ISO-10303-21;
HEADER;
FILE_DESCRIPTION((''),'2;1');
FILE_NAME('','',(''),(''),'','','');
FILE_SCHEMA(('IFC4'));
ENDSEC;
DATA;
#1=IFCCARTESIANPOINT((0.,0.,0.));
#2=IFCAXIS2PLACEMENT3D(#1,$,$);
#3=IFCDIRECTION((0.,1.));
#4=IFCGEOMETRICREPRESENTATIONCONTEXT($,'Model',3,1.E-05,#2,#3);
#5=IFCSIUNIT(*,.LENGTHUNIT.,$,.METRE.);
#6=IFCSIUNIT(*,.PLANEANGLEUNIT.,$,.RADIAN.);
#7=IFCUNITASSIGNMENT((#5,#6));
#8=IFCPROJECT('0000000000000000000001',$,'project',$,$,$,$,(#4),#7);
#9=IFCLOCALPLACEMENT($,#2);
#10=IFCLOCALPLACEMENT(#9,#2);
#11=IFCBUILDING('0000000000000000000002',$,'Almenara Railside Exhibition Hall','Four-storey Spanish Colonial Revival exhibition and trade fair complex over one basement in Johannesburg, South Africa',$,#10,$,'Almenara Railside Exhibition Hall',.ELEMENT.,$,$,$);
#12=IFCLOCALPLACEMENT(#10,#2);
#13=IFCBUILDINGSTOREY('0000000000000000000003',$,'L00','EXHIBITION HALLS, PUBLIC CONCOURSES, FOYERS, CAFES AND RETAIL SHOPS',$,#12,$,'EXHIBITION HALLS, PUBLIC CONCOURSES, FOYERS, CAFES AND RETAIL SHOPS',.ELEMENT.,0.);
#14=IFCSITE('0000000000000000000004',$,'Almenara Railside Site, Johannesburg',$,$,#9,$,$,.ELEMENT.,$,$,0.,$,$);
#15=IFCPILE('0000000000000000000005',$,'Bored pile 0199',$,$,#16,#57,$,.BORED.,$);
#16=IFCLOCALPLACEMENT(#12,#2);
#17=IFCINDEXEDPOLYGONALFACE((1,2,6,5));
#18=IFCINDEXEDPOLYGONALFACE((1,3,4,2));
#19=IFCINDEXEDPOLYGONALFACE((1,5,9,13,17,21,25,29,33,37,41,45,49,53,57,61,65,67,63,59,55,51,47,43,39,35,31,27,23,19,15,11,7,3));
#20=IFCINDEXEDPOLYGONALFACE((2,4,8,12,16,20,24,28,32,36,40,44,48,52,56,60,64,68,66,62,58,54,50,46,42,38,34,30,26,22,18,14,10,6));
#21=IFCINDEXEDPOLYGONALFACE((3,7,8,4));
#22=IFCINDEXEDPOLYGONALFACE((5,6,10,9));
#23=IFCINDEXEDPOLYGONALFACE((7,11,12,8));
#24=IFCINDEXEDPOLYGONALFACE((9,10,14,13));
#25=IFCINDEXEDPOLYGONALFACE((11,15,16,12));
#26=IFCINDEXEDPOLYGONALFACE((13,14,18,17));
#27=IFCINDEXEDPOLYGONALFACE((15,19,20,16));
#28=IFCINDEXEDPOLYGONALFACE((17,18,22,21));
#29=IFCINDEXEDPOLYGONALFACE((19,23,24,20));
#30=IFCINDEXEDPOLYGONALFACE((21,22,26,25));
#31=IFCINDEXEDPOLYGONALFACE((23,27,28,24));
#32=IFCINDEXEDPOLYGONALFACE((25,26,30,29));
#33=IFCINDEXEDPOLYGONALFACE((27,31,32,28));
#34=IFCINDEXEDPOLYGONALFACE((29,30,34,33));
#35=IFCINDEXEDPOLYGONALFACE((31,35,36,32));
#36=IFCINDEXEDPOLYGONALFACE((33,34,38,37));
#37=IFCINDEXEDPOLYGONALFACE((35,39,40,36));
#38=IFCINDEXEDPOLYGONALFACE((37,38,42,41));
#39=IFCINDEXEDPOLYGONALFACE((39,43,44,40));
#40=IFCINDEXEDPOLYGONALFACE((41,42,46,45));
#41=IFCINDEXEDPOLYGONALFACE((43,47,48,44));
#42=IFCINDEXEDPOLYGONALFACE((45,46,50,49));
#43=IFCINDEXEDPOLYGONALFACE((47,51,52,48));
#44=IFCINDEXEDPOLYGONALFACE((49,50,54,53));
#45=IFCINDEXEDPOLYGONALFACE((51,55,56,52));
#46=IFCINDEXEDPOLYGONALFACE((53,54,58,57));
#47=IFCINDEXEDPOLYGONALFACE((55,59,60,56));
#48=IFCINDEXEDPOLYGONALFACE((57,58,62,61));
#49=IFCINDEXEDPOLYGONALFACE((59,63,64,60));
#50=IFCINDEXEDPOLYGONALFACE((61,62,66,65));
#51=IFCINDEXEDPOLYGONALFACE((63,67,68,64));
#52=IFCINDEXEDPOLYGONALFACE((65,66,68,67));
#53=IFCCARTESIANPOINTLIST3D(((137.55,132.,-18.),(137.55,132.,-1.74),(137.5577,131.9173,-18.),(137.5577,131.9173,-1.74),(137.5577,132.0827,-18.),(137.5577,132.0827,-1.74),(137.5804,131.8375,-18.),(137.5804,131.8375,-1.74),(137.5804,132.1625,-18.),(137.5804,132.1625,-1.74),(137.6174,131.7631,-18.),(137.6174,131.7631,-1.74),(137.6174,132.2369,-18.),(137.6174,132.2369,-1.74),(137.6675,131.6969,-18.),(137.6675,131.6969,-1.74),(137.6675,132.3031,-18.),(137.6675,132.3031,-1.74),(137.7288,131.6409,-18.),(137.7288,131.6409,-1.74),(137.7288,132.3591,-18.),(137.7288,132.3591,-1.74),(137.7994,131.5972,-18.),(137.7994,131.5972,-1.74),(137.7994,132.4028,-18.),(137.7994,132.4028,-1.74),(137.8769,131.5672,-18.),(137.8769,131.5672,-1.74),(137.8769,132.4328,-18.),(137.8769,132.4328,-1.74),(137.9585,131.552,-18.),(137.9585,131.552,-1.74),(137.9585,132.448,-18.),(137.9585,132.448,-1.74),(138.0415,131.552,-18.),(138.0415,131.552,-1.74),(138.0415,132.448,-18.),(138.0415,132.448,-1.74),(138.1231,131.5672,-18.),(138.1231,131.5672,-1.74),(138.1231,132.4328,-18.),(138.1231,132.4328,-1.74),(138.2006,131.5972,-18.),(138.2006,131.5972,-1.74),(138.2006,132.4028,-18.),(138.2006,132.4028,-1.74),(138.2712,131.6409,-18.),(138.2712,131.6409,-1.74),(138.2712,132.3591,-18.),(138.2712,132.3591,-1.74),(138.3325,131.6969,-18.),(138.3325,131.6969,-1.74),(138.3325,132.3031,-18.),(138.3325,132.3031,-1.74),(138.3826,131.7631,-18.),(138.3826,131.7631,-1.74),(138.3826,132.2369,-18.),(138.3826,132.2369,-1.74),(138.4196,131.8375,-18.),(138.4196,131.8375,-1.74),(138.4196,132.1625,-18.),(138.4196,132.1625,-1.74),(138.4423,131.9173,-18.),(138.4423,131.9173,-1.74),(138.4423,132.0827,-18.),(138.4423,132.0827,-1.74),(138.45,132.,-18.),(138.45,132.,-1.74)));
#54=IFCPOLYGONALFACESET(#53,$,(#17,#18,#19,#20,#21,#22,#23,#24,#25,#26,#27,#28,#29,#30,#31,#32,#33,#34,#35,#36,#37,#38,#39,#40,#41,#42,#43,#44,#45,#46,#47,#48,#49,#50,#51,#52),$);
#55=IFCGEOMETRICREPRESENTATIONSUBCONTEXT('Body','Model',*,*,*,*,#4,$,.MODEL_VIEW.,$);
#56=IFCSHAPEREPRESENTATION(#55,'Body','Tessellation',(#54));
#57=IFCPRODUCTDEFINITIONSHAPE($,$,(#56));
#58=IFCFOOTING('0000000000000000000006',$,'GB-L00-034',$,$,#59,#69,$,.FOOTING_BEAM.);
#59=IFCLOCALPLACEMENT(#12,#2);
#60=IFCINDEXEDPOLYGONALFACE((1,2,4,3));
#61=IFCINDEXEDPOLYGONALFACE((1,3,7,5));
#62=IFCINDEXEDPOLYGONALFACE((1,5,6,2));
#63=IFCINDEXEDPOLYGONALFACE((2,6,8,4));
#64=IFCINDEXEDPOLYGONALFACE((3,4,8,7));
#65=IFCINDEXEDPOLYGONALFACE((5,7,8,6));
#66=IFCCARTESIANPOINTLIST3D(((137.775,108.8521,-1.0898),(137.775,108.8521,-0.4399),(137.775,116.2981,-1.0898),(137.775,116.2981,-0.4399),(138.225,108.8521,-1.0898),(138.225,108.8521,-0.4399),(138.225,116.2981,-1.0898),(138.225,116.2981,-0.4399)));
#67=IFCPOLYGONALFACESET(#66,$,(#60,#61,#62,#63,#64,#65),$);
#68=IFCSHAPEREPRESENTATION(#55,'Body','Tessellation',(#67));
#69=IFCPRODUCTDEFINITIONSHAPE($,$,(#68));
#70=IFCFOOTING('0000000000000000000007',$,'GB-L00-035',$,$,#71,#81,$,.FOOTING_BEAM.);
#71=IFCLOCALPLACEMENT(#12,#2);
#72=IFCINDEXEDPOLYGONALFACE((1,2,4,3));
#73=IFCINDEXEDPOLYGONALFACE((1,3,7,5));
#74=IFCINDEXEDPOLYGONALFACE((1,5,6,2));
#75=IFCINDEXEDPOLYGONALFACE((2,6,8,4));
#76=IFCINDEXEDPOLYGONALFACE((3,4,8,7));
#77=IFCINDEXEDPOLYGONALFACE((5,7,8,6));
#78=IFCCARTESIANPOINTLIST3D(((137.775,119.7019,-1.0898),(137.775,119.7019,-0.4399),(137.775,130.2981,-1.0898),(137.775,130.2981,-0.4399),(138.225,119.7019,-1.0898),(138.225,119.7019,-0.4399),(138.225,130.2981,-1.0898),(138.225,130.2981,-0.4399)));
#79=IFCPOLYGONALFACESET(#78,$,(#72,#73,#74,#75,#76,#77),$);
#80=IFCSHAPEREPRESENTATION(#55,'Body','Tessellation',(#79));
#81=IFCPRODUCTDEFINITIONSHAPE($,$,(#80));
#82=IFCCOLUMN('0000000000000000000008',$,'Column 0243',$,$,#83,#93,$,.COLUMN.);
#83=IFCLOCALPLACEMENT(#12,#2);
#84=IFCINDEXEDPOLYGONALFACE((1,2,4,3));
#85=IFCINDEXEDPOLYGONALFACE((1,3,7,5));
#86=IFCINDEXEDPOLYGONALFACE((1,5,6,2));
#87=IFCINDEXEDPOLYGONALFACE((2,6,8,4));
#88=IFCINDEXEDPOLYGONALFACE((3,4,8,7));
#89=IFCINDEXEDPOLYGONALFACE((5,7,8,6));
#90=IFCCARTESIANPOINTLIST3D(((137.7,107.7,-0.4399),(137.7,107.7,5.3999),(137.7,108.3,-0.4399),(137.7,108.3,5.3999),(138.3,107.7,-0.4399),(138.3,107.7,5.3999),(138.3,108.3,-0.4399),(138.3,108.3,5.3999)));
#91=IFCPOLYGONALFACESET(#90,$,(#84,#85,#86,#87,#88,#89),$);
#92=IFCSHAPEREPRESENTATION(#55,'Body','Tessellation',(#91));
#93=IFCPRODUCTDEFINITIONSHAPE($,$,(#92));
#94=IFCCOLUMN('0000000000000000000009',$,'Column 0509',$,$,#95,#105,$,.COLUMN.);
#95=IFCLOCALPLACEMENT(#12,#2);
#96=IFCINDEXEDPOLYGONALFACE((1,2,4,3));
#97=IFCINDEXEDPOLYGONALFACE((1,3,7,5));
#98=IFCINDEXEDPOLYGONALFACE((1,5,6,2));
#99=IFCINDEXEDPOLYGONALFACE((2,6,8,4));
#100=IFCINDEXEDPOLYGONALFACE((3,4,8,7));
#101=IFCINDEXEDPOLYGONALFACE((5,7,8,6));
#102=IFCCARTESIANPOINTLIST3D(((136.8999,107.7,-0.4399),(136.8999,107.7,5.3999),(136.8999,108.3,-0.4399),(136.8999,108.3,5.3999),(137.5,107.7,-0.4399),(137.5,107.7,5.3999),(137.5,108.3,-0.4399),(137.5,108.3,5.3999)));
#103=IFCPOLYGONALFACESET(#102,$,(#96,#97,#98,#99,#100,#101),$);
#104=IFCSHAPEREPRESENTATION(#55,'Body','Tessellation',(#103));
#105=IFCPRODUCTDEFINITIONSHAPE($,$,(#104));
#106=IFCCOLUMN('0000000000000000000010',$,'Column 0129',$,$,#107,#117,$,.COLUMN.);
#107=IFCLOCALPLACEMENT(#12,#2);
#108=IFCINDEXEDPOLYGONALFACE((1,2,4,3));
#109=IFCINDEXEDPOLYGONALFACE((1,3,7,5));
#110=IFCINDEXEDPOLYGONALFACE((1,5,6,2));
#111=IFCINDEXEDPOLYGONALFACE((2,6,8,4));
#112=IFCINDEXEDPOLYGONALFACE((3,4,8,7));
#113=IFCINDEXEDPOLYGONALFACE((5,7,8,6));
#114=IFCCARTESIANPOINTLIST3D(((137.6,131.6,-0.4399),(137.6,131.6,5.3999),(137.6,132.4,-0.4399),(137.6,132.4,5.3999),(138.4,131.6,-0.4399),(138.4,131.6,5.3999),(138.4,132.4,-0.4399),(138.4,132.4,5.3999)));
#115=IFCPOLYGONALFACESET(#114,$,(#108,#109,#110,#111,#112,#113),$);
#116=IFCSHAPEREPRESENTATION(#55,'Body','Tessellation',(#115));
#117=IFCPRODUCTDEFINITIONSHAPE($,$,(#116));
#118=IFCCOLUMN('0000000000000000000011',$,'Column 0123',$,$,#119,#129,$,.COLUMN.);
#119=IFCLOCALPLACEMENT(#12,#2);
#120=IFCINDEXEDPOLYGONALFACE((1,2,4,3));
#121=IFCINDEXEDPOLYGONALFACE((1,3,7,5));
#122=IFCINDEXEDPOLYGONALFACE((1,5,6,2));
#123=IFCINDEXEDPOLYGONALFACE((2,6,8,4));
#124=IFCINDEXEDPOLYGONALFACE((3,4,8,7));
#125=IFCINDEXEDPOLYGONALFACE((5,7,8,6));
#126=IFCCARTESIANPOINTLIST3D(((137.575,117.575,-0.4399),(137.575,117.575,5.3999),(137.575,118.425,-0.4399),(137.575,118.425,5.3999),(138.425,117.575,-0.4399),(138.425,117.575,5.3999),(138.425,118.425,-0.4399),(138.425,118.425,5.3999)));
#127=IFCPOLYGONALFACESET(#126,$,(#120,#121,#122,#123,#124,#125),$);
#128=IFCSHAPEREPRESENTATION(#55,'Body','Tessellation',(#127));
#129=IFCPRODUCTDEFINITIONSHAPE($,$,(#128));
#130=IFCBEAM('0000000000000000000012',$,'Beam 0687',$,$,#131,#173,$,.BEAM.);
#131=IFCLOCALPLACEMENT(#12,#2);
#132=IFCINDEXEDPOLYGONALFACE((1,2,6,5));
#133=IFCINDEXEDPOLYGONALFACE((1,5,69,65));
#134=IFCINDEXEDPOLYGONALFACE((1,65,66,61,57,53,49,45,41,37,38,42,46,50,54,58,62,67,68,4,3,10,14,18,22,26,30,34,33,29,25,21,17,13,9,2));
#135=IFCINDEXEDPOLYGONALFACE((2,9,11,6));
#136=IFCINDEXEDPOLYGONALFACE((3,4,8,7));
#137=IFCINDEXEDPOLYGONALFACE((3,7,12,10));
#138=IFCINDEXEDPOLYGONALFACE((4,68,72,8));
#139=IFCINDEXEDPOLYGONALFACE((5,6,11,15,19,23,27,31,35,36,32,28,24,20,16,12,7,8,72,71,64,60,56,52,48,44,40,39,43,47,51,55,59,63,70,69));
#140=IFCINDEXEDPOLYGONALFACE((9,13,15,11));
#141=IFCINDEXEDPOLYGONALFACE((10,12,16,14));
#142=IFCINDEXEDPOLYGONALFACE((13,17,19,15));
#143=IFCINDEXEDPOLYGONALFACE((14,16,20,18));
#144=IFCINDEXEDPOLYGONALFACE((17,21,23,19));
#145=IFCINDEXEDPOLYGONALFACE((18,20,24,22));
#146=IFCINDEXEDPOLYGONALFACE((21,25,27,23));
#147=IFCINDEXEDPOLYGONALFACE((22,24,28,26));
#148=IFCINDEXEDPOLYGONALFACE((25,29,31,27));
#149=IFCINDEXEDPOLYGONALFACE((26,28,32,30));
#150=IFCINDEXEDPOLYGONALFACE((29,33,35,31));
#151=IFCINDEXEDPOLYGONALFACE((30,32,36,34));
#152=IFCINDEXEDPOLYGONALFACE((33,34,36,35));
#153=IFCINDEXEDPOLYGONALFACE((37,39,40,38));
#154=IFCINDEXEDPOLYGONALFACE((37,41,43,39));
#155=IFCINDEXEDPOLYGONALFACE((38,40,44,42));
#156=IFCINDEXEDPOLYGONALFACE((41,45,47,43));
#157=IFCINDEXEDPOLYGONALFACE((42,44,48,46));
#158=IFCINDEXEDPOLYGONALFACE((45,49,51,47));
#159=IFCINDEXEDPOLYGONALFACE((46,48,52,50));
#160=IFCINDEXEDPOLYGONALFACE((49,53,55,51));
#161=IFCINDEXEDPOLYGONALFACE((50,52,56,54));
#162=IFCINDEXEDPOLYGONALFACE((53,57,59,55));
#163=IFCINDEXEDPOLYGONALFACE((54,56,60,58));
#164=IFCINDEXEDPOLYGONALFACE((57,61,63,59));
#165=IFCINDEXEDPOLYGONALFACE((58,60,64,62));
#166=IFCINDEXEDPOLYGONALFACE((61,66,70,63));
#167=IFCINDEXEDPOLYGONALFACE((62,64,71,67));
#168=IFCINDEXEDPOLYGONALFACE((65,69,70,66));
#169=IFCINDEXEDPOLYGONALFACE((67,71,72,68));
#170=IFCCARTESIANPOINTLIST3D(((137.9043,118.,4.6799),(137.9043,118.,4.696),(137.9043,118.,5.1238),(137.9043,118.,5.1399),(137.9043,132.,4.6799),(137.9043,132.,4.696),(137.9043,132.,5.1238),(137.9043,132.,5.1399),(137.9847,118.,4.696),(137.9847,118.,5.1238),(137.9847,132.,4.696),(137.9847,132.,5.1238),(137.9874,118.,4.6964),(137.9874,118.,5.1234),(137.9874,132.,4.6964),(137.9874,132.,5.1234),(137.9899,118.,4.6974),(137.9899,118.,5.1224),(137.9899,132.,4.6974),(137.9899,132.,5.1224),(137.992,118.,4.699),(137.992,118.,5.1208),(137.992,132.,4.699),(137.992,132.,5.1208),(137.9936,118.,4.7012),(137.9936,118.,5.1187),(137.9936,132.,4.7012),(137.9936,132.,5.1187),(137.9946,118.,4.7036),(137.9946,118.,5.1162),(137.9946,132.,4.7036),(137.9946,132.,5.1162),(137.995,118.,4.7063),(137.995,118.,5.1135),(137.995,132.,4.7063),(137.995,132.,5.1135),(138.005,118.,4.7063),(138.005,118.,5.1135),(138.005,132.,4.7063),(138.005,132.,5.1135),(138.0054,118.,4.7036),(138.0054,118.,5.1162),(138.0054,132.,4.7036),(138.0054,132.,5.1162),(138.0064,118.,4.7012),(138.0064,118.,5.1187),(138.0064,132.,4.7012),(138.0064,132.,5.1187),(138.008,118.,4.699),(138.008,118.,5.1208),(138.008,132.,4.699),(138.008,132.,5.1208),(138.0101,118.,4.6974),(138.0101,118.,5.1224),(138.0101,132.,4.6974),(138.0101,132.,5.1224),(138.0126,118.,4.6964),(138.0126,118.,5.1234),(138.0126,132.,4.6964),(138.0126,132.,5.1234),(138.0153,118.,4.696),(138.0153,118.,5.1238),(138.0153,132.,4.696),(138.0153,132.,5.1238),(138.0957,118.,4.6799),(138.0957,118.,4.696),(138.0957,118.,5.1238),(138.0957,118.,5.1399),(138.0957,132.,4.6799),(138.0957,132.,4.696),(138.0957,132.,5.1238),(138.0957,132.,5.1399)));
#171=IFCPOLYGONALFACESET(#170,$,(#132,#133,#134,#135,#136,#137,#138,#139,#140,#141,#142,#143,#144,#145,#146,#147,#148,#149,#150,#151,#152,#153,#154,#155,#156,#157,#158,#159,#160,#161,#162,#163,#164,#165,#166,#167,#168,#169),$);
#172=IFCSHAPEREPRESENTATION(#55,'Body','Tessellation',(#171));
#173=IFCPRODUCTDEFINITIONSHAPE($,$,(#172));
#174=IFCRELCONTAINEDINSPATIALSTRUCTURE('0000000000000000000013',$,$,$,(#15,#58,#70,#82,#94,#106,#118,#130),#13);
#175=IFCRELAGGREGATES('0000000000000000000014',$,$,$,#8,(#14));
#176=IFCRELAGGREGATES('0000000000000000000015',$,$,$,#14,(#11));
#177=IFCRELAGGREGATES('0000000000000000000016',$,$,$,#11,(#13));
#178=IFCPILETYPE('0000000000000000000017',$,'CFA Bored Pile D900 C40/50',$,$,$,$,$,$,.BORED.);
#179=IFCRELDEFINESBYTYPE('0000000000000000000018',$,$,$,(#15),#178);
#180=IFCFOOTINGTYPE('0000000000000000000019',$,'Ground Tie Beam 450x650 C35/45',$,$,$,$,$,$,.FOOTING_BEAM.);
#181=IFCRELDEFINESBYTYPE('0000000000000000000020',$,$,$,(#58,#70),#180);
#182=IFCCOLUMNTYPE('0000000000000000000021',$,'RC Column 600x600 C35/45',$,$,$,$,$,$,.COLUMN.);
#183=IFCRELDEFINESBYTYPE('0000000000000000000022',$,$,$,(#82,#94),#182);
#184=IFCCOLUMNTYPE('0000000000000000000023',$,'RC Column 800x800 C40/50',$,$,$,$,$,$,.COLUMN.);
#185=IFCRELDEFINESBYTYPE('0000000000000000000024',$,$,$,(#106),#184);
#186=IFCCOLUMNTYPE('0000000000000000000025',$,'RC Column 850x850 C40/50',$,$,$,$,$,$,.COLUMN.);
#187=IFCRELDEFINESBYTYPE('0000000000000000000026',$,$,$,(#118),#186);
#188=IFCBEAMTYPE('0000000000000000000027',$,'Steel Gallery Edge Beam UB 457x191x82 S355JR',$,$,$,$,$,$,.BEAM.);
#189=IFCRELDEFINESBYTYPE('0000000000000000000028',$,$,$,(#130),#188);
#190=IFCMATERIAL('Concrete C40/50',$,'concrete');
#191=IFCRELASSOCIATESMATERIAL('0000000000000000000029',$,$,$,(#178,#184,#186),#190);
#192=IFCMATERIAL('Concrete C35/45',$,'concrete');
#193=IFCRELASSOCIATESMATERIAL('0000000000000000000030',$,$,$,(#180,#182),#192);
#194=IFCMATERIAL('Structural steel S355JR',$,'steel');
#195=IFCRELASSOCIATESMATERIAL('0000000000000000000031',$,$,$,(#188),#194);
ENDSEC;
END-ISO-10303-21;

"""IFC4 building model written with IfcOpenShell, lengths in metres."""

from ifc_helpers import new_model, si_unit, direction, frame, origin, origin_2d, place, context, subcontext, project, spatial, rectangle, circle, i_section, extrude, material, material_profile, profile_set, type_object, element, save


model = new_model("IFC4")

# Units and contexts
model_context = context("Model", 3, precision=1e-05, world=origin(), true_north=direction((0.0, 1.0)))
body_context = subcontext(model_context, "Body", "Model", "MODEL_VIEW")
ifc_project = project(units=[si_unit("LENGTHUNIT", "METRE"), si_unit("PLANEANGLEUNIT", "RADIAN")], contexts=[model_context])

# Site, building, storey
site_placement = place(None, origin())
site = spatial("IfcSite", under=ifc_project, at=site_placement, Name="Almenara Railside Site, Johannesburg", CompositionType="ELEMENT", RefElevation=0.0)
building_placement = place(site_placement, origin())
building = spatial("IfcBuilding", under=site, at=building_placement, Name="Almenara Railside Exhibition Hall", Description="Four-storey Spanish Colonial Revival exhibition and trade fair complex over one basement in Johannesburg, South Africa", LongName="Almenara Railside Exhibition Hall", CompositionType="ELEMENT")
storey_placement = place(building_placement, origin())
storey = spatial("IfcBuildingStorey", under=building, at=storey_placement, Name="L00", Description="EXHIBITION HALLS, PUBLIC CONCOURSES, FOYERS, CAFES AND RETAIL SHOPS", LongName="EXHIBITION HALLS, PUBLIC CONCOURSES, FOYERS, CAFES AND RETAIL SHOPS", CompositionType="ELEMENT", Elevation=0.0)

# Pile
ifc_material_1 = material(Name="Concrete C40/50", Category="concrete")
ifc_material_profile_1 = material_profile(ifc_material_1, circle(Radius=0.45, at=origin_2d()), Name="CFA-PILE D900")
ifc_profile_set_1 = profile_set([ifc_material_profile_1], Name="Concrete C40/50")
pile_type = type_object("IfcPileType", Name="CFA Bored Pile D900 C40/50", PredefinedType="BORED", material=ifc_profile_set_1)
for number, where, z_axis, x_axis, name in (
    (1, (138.0, 132.0, -1.74), (0.0, 0.0, -1.0), (1.0, 0.0, 0.0), "Bored pile 0199"),
):
    element("IfcPile", number, at=place(storey_placement, frame(where, z_axis=z_axis, x_axis=x_axis)), inside=storey, type_object=pile_type, Name=name, PredefinedType="BORED", context=body_context, shape_type="SweptSolid", body=[
        extrude(circle(Radius=0.45, at=origin_2d()), origin(), (0.0, 0.0, 1.0), 16.26),
    ])

# Footings
ifc_material_2 = material(Name="Concrete C35/45", Category="concrete")
ifc_material_profile_2 = material_profile(ifc_material_2, rectangle(XDim=0.45, YDim=0.6499, at=origin_2d()), Name="RC-GB 450x650")
ifc_profile_set_2 = profile_set([ifc_material_profile_2], Name="Concrete C35/45")
footing_type = type_object("IfcFootingType", Name="Ground Tie Beam 450x650 C35/45", PredefinedType="FOOTING_BEAM", material=ifc_profile_set_2)
footing_1_placement = place(storey_placement, frame((138.0, 108.8521, -0.7649), z_axis=(0.0, 1.0, 0.0), x_axis=(-1.0, 0.0, 0.0)))
element("IfcFooting", 2, at=footing_1_placement, inside=storey, type_object=footing_type, Name="GB-L00-034", PredefinedType="FOOTING_BEAM", context=body_context, shape_type="SweptSolid", body=[
    extrude(rectangle(XDim=0.45, YDim=0.6499, at=origin_2d()), origin(), (0.0, 0.0, 1.0), 7.446),
])
footing_2_placement = place(storey_placement, frame((138.0, 119.7019, -0.7649), z_axis=(0.0, 1.0, 0.0), x_axis=(-1.0, 0.0, 0.0)))
element("IfcFooting", 3, at=footing_2_placement, inside=storey, type_object=footing_type, Name="GB-L00-035", PredefinedType="FOOTING_BEAM", context=body_context, shape_type="SweptSolid", body=[
    extrude(rectangle(XDim=0.45, YDim=0.6499, at=origin_2d()), origin(), (0.0, 0.0, 1.0), 10.5962),
])

# Columns
ifc_material_profile_3 = material_profile(ifc_material_2, rectangle(XDim=0.6001, YDim=0.6001, at=origin_2d()), Name="RC 600x600")
ifc_profile_set_3 = profile_set([ifc_material_profile_3], Name="Concrete C35/45")
column_type_1 = type_object("IfcColumnType", Name="RC Column 600x600 C35/45", PredefinedType="COLUMN", material=ifc_profile_set_3)
for number, where, z_axis, x_axis, name in (
    (4, (138.0, 108.0, -0.4399), (0.0, 0.0, 1.0), (1.0, 0.0, 0.0), "Column 0243"),
    (5, (137.2, 108.0, -0.4399), (0.0, 0.0, 1.0), (1.0, 0.0, 0.0), "Column 0509"),
):
    element("IfcColumn", number, at=place(storey_placement, frame(where, z_axis=z_axis, x_axis=x_axis)), inside=storey, type_object=column_type_1, Name=name, PredefinedType="COLUMN", context=body_context, shape_type="SweptSolid", body=[
        extrude(rectangle(XDim=0.6001, YDim=0.6001, at=origin_2d()), origin(), (0.0, 0.0, 1.0), 5.8398),
    ])
ifc_material_profile_4 = material_profile(ifc_material_1, rectangle(XDim=0.8, YDim=0.8, at=origin_2d()), Name="RC 800x800")
ifc_profile_set_4 = profile_set([ifc_material_profile_4], Name="Concrete C40/50")
column_type_2 = type_object("IfcColumnType", Name="RC Column 800x800 C40/50", PredefinedType="COLUMN", material=ifc_profile_set_4)
column_1_placement = place(storey_placement, frame((138.0, 132.0, -0.4399), z_axis=(0.0, 0.0, 1.0), x_axis=(1.0, 0.0, 0.0)))
element("IfcColumn", 6, at=column_1_placement, inside=storey, type_object=column_type_2, Name="Column 0129", PredefinedType="COLUMN", context=body_context, shape_type="SweptSolid", body=[
    extrude(rectangle(XDim=0.8, YDim=0.8, at=origin_2d()), origin(), (0.0, 0.0, 1.0), 5.8398),
])
ifc_material_profile_5 = material_profile(ifc_material_1, rectangle(XDim=0.8501, YDim=0.8501, at=origin_2d()), Name="RC 850x850")
ifc_profile_set_5 = profile_set([ifc_material_profile_5], Name="Concrete C40/50")
column_type_3 = type_object("IfcColumnType", Name="RC Column 850x850 C40/50", PredefinedType="COLUMN", material=ifc_profile_set_5)
column_2_placement = place(storey_placement, frame((138.0, 118.0, -0.4399), z_axis=(0.0, 0.0, 1.0), x_axis=(1.0, 0.0, 0.0)))
element("IfcColumn", 7, at=column_2_placement, inside=storey, type_object=column_type_3, Name="Column 0123", PredefinedType="COLUMN", context=body_context, shape_type="SweptSolid", body=[
    extrude(rectangle(XDim=0.8501, YDim=0.8501, at=origin_2d()), origin(), (0.0, 0.0, 1.0), 5.8398),
])

# Beam
ifc_material_3 = material(Name="Structural steel S355JR", Category="steel")
ifc_material_profile_6 = material_profile(ifc_material_3, i_section(OverallWidth=0.1914, OverallDepth=0.46, WebThickness=0.01, FlangeThickness=0.0161, FilletRadius=0.0103, at=origin_2d()), Name="UB 457x191x82")
ifc_profile_set_6 = profile_set([ifc_material_profile_6], Name="Structural steel S355JR")
beam_type_1 = type_object("IfcBeamType", Name="Steel Gallery Edge Beam UB 457x191x82 S355JR", PredefinedType="BEAM", material=ifc_profile_set_6)
beam_placement = place(storey_placement, frame((138.0, 118.0, 4.9099), z_axis=(0.0, 1.0, 0.0), x_axis=(-1.0, 0.0, 0.0)))
element("IfcBeam", 8, at=beam_placement, inside=storey, type_object=beam_type_1, Name="Beam 0687", PredefinedType="BEAM", context=body_context, shape_type="SweptSolid", body=[
    extrude(i_section(OverallWidth=0.1914, OverallDepth=0.46, WebThickness=0.01, FlangeThickness=0.0161, FilletRadius=0.0103, at=origin_2d()), origin(), (0.0, 0.0, 1.0), 14.0),
])

save(model, "model.ifc")
